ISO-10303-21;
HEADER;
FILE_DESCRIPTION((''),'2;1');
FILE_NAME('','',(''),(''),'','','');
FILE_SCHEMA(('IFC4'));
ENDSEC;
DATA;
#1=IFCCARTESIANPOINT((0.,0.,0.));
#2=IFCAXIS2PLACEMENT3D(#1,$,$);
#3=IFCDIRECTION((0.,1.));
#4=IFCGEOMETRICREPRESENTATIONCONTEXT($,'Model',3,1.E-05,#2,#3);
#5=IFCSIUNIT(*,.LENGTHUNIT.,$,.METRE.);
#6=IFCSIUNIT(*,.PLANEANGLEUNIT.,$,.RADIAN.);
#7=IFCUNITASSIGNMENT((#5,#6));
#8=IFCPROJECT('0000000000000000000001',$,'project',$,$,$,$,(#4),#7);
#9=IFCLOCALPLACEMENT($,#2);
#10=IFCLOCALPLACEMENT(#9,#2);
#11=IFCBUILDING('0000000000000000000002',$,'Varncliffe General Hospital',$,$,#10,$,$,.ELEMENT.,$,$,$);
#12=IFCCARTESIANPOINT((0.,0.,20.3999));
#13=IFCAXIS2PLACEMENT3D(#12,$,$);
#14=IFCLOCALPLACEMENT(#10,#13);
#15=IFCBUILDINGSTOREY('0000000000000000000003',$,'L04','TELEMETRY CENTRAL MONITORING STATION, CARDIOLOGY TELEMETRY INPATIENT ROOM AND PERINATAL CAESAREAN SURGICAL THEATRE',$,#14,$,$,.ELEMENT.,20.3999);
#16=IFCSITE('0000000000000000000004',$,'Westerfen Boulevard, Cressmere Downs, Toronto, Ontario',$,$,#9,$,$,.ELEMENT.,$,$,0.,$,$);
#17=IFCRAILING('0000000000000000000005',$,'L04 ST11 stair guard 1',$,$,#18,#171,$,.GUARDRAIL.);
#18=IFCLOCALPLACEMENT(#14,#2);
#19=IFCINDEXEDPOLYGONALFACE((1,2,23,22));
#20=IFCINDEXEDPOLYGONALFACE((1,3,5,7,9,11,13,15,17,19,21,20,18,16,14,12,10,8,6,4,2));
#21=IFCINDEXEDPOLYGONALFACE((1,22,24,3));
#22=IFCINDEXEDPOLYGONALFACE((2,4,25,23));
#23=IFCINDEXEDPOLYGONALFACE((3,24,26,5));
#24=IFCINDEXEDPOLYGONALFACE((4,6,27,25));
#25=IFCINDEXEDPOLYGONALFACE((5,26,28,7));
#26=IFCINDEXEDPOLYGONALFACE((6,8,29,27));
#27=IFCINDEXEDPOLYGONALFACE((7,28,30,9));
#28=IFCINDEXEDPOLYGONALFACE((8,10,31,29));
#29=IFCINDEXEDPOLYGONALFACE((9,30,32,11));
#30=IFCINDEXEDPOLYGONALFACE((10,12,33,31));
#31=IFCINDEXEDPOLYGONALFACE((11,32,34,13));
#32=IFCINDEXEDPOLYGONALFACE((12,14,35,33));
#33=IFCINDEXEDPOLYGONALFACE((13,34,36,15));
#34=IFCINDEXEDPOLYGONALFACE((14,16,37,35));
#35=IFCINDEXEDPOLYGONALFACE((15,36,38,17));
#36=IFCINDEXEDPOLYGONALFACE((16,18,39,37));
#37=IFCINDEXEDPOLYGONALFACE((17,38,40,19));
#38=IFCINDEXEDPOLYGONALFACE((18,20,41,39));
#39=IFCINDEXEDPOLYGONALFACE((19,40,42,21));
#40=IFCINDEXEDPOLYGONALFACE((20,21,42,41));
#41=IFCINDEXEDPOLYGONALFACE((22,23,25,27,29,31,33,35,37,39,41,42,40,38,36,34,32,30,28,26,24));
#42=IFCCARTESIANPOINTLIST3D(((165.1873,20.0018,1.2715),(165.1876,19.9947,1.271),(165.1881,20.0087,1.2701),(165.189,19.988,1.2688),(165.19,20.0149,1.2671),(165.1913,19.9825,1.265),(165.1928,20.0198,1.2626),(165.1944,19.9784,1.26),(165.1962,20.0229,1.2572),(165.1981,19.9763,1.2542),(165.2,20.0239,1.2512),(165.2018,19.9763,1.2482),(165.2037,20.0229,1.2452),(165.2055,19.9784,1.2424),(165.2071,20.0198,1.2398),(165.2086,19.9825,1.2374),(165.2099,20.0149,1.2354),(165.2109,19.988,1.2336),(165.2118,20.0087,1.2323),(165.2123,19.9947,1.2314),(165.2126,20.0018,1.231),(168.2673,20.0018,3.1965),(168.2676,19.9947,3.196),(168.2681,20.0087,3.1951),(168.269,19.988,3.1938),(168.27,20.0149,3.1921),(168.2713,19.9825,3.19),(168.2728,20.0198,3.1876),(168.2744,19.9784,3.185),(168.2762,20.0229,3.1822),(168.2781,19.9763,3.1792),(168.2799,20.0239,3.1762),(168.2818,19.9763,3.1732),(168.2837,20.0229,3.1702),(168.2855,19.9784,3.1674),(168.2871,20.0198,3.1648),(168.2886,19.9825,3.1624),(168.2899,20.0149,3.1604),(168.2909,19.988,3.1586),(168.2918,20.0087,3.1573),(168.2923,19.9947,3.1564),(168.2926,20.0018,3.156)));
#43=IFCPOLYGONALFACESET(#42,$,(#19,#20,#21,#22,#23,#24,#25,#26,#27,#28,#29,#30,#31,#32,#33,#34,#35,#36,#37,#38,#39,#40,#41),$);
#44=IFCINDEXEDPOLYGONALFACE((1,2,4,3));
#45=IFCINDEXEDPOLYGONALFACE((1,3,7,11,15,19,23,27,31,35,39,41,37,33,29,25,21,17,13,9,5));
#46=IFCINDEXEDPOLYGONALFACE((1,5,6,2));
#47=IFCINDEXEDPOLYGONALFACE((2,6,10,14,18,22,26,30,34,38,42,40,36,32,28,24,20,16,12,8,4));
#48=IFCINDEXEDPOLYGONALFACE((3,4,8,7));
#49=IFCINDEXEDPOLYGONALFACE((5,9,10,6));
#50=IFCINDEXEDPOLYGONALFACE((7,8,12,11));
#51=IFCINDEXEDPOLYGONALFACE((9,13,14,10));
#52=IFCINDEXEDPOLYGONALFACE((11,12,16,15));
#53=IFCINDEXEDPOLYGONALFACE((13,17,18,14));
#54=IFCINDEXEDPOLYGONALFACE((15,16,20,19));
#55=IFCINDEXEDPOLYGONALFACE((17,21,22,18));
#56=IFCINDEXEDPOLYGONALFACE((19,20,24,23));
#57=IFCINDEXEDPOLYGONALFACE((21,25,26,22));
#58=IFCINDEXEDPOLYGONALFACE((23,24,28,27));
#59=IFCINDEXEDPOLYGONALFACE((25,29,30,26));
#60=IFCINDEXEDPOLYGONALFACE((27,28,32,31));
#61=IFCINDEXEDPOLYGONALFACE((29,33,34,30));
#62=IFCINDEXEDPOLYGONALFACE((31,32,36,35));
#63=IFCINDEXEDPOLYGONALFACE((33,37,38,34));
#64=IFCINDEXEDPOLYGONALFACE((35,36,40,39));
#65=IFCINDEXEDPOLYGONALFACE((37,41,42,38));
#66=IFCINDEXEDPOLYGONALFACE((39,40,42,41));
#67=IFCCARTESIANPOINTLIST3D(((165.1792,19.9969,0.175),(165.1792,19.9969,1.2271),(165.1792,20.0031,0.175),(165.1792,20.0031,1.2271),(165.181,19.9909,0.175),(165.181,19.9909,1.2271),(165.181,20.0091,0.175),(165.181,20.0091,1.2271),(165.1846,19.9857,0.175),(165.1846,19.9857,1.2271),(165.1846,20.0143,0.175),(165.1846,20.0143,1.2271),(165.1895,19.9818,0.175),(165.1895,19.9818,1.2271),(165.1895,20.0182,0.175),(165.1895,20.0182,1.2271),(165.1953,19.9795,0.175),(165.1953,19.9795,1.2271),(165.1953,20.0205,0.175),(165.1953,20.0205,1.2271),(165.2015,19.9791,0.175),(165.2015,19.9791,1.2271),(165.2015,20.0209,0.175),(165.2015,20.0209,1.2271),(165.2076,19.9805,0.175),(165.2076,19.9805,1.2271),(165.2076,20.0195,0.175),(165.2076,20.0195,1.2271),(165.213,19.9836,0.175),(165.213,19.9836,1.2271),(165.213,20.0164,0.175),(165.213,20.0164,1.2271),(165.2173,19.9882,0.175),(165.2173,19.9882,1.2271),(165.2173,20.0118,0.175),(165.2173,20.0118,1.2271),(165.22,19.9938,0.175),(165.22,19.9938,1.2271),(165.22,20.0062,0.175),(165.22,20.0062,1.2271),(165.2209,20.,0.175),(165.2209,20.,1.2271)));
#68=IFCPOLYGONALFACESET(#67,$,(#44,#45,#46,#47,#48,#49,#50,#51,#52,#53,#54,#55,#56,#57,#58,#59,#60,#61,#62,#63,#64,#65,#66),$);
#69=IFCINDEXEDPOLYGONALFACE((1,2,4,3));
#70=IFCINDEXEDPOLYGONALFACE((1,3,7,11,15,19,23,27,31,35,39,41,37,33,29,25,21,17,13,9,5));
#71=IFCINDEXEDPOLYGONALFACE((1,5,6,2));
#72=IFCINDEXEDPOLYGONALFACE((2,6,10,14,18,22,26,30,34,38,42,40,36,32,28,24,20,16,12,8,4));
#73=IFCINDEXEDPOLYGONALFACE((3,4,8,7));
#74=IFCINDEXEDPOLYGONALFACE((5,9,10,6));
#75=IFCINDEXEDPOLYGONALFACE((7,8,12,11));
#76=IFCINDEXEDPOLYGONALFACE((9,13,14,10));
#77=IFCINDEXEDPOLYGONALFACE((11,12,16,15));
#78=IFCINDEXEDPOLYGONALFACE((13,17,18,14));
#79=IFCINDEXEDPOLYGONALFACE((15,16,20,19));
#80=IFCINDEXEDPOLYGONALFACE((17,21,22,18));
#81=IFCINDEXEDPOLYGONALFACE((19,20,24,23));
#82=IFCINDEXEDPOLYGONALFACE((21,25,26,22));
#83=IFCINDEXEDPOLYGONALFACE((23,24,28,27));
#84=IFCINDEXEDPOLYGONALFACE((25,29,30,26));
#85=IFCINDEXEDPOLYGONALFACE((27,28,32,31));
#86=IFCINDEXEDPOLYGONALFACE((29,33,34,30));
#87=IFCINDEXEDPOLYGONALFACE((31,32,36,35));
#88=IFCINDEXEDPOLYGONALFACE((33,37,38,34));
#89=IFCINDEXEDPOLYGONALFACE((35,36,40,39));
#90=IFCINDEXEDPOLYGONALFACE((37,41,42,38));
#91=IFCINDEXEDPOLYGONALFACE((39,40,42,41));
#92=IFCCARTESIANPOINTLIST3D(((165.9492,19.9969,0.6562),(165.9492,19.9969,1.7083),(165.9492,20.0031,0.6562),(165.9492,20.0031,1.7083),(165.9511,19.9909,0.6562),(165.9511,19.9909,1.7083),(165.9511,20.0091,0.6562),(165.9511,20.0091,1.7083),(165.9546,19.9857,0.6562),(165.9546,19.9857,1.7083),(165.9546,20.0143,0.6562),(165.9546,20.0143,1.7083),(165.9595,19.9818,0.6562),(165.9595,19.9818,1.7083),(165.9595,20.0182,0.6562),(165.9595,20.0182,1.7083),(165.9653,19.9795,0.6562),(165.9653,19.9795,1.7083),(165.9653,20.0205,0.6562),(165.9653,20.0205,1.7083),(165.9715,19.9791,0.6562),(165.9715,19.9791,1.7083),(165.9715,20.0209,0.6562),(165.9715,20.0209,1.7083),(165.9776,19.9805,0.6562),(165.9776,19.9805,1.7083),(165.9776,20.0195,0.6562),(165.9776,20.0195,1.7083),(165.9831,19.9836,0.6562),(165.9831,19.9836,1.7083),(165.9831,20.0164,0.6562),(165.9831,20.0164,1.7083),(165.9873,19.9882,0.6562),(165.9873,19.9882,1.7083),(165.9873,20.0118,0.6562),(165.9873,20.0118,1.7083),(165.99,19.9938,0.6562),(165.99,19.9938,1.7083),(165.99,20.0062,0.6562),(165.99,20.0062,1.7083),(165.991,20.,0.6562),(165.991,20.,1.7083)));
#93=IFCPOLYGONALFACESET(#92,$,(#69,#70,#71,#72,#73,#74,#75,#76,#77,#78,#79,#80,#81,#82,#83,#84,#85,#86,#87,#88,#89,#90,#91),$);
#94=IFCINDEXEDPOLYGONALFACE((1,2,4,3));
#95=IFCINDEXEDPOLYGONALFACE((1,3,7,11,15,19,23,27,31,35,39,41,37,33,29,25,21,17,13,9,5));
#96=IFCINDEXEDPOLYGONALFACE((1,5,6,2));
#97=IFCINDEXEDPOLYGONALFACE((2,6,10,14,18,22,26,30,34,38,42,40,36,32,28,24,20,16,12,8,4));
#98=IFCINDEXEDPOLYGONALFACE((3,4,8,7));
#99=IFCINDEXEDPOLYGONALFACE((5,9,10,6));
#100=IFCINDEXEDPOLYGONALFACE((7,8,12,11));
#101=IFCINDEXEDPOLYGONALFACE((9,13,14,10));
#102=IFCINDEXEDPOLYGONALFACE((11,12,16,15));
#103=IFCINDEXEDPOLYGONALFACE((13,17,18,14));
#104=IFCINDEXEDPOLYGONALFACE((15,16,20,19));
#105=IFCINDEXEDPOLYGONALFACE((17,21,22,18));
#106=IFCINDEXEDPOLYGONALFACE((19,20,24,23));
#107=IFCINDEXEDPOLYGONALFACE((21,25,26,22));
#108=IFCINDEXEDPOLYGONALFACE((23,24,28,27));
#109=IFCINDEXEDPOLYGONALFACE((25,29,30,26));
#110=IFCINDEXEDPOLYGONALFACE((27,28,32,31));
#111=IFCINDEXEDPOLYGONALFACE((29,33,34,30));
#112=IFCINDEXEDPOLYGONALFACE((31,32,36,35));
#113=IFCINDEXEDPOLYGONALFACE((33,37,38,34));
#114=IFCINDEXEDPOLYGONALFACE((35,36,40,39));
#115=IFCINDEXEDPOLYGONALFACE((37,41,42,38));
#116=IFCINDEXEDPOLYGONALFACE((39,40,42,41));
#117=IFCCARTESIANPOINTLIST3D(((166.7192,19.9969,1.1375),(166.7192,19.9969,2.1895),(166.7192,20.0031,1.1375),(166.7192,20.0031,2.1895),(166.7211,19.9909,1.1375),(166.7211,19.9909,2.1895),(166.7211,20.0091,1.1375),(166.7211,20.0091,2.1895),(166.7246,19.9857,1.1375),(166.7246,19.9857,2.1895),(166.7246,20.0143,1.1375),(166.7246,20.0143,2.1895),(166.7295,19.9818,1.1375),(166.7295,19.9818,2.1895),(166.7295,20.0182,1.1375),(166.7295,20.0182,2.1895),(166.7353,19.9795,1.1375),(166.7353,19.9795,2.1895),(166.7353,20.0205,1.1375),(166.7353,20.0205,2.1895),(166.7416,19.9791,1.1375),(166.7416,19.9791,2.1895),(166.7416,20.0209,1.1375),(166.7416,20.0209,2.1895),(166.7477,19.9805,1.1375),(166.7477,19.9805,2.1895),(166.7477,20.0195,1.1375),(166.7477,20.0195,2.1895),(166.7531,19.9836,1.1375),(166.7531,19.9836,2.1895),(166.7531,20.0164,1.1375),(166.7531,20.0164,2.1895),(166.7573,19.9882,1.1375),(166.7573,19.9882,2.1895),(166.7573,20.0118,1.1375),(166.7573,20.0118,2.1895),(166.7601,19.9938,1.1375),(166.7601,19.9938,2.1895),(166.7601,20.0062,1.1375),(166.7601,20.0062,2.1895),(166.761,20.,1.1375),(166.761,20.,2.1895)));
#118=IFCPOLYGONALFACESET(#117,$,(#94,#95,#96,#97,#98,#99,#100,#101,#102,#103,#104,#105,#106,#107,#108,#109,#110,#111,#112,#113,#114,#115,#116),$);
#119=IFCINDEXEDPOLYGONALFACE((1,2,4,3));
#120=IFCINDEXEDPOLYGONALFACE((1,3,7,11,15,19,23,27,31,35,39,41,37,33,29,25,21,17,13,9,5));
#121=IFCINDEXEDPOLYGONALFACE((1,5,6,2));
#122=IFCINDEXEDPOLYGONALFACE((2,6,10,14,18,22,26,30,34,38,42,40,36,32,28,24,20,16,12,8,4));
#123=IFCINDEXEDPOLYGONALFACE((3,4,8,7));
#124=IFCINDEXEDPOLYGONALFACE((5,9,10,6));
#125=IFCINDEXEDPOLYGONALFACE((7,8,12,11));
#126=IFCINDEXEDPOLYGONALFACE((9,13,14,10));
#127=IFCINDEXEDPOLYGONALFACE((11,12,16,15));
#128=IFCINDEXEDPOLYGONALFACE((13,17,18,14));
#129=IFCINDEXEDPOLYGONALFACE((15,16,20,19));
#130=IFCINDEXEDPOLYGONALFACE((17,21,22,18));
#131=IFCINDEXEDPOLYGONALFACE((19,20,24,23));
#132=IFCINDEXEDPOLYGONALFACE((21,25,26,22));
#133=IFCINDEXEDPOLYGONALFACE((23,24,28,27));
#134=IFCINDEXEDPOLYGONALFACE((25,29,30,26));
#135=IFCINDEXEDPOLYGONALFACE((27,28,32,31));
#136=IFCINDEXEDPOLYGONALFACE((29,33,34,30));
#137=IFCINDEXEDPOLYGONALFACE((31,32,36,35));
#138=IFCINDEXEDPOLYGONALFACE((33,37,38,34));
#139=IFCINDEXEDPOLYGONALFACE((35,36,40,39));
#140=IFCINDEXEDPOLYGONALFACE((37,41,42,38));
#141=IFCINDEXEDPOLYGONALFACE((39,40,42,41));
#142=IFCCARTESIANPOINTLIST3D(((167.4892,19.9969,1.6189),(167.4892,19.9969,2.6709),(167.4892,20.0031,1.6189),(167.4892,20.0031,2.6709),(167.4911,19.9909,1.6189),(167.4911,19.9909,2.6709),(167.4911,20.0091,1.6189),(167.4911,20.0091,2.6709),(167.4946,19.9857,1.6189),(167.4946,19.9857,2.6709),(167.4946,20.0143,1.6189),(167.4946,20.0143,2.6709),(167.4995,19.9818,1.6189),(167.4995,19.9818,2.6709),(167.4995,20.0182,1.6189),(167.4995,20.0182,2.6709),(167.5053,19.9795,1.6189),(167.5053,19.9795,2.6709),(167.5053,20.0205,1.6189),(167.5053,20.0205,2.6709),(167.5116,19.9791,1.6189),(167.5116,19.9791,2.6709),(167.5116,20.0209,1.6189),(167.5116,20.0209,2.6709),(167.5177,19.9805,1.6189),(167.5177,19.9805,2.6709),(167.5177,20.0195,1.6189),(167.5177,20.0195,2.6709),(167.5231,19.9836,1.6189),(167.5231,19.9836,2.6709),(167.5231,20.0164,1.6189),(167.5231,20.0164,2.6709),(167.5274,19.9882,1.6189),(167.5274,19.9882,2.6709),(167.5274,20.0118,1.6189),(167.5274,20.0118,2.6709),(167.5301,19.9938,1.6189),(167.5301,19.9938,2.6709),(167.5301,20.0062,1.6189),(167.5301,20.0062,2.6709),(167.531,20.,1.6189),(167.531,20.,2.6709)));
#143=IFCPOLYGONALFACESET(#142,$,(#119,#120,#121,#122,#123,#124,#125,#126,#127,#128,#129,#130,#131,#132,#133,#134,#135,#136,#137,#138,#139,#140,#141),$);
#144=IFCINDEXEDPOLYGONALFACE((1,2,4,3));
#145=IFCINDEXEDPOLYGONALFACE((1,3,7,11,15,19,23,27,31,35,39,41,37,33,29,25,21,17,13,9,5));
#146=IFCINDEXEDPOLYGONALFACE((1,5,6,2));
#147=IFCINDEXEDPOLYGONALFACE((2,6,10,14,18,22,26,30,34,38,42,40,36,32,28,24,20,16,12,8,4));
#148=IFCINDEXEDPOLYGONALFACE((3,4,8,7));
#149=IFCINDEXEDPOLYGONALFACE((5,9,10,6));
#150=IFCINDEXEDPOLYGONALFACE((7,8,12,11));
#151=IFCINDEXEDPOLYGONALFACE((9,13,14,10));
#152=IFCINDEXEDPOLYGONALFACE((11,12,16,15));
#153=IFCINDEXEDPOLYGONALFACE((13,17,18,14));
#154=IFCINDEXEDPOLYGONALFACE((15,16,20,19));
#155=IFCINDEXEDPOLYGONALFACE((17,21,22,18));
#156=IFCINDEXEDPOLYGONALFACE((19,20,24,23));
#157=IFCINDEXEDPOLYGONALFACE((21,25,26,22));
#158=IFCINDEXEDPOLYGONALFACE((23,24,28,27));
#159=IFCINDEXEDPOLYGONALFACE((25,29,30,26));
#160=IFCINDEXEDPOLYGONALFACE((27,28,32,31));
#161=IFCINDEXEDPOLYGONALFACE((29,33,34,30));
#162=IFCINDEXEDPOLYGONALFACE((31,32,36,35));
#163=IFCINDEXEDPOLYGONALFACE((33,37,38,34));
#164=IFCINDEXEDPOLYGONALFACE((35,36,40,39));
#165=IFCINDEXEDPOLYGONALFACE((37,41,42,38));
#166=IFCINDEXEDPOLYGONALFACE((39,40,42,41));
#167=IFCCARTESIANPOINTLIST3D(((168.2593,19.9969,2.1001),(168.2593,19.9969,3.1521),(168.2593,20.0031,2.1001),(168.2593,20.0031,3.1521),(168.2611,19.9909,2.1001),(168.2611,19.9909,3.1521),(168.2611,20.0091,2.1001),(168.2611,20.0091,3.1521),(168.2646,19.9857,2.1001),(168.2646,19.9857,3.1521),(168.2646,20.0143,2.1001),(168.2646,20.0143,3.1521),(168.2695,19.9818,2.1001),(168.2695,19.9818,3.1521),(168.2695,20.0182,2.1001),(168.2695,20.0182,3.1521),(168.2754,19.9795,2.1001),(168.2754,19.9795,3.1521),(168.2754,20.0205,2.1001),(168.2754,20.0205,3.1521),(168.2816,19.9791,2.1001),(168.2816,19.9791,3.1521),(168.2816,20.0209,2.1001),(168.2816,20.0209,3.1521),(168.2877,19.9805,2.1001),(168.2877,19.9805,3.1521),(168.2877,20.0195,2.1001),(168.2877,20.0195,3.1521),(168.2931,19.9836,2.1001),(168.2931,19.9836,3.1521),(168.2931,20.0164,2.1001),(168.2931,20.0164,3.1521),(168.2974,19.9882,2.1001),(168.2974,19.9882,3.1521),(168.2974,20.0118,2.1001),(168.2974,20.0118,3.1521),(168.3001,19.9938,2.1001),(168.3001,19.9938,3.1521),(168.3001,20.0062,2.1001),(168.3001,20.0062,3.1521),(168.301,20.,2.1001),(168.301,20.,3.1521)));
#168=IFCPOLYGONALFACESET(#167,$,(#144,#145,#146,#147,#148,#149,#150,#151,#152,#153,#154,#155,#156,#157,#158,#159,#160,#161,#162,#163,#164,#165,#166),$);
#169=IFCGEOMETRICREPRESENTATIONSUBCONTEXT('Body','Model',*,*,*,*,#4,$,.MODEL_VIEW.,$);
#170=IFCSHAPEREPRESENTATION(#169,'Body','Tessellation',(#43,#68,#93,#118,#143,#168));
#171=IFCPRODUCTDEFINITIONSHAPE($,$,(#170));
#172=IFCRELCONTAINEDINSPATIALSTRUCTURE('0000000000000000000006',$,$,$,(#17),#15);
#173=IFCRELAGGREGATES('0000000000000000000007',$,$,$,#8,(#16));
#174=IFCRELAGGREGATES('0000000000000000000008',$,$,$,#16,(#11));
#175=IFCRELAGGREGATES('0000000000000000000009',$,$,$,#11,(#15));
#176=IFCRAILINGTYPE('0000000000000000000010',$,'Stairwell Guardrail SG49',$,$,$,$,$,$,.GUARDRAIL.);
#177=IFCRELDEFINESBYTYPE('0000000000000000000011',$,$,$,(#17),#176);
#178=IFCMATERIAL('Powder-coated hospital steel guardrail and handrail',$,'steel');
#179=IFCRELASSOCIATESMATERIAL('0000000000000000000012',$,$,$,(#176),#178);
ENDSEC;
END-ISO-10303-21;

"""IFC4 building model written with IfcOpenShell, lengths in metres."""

from ifc_helpers import new_model, si_unit, direction, frame, origin, origin_2d, place, context, subcontext, project, spatial, circle, extrude, material, type_object, element, save


model = new_model("IFC4")

# Units and contexts
model_context = context("Model", 3, precision=1e-05, world=origin(), true_north=direction((0.0, 1.0)))
body_context = subcontext(model_context, "Body", "Model", "MODEL_VIEW")
ifc_project = project(units=[si_unit("LENGTHUNIT", "METRE"), si_unit("PLANEANGLEUNIT", "RADIAN")], contexts=[model_context])

# Site, building, storey
site_placement = place(None, origin())
site = spatial("IfcSite", under=ifc_project, at=site_placement, Name="Westerfen Boulevard, Cressmere Downs, Toronto, Ontario", CompositionType="ELEMENT", RefElevation=0.0)
building_placement = place(site_placement, origin())
building = spatial("IfcBuilding", under=site, at=building_placement, Name="Varncliffe General Hospital", CompositionType="ELEMENT")
storey_placement = place(building_placement, frame((0.0, 0.0, 20.3999)))
storey = spatial("IfcBuildingStorey", under=building, at=storey_placement, Name="L04", Description="TELEMETRY CENTRAL MONITORING STATION, CARDIOLOGY TELEMETRY INPATIENT ROOM AND PERINATAL CAESAREAN SURGICAL THEATRE", CompositionType="ELEMENT", Elevation=20.3999)

# Railing
ifc_material_1 = material(Name="Powder-coated hospital steel guardrail and handrail", Category="steel")
railing_type_1 = type_object("IfcRailingType", Name="Stairwell Guardrail SG49", PredefinedType="GUARDRAIL", material=ifc_material_1)
railing_1_placement = place(storey_placement, frame((165.2, 20.0, 0.175)))
element("IfcRailing", 1, at=railing_1_placement, inside=storey, type_object=railing_type_1, Name="L04 ST11 stair guard 1", PredefinedType="GUARDRAIL", context=body_context, shape_type="SweptSolid", body=[
    extrude(circle(Radius=0.0239, at=origin_2d()), frame((0.0, 0.0, 1.0762), z_axis=(0.847998, 0.0, 0.529999), x_axis=(0.0, 1.0, 0.0)), (0.0, 0.0, 1.0), 3.6321),
    extrude(circle(Radius=0.021, at=origin_2d()), origin(), (0.0, 0.0, 1.0), 1.052),
    extrude(circle(Radius=0.021, at=origin_2d()), frame((0.77, 0.0, 0.4812)), (0.0, 0.0, 1.0), 1.052),
    extrude(circle(Radius=0.021, at=origin_2d()), frame((1.54, 0.0, 0.9624)), (0.0, 0.0, 1.0), 1.052),
    extrude(circle(Radius=0.021, at=origin_2d()), frame((2.3101, 0.0, 1.4438)), (0.0, 0.0, 1.0), 1.052),
    extrude(circle(Radius=0.021, at=origin_2d()), frame((3.0801, 0.0, 1.925)), (0.0, 0.0, 1.0), 1.052),
])

save(model, "model.ifc")
